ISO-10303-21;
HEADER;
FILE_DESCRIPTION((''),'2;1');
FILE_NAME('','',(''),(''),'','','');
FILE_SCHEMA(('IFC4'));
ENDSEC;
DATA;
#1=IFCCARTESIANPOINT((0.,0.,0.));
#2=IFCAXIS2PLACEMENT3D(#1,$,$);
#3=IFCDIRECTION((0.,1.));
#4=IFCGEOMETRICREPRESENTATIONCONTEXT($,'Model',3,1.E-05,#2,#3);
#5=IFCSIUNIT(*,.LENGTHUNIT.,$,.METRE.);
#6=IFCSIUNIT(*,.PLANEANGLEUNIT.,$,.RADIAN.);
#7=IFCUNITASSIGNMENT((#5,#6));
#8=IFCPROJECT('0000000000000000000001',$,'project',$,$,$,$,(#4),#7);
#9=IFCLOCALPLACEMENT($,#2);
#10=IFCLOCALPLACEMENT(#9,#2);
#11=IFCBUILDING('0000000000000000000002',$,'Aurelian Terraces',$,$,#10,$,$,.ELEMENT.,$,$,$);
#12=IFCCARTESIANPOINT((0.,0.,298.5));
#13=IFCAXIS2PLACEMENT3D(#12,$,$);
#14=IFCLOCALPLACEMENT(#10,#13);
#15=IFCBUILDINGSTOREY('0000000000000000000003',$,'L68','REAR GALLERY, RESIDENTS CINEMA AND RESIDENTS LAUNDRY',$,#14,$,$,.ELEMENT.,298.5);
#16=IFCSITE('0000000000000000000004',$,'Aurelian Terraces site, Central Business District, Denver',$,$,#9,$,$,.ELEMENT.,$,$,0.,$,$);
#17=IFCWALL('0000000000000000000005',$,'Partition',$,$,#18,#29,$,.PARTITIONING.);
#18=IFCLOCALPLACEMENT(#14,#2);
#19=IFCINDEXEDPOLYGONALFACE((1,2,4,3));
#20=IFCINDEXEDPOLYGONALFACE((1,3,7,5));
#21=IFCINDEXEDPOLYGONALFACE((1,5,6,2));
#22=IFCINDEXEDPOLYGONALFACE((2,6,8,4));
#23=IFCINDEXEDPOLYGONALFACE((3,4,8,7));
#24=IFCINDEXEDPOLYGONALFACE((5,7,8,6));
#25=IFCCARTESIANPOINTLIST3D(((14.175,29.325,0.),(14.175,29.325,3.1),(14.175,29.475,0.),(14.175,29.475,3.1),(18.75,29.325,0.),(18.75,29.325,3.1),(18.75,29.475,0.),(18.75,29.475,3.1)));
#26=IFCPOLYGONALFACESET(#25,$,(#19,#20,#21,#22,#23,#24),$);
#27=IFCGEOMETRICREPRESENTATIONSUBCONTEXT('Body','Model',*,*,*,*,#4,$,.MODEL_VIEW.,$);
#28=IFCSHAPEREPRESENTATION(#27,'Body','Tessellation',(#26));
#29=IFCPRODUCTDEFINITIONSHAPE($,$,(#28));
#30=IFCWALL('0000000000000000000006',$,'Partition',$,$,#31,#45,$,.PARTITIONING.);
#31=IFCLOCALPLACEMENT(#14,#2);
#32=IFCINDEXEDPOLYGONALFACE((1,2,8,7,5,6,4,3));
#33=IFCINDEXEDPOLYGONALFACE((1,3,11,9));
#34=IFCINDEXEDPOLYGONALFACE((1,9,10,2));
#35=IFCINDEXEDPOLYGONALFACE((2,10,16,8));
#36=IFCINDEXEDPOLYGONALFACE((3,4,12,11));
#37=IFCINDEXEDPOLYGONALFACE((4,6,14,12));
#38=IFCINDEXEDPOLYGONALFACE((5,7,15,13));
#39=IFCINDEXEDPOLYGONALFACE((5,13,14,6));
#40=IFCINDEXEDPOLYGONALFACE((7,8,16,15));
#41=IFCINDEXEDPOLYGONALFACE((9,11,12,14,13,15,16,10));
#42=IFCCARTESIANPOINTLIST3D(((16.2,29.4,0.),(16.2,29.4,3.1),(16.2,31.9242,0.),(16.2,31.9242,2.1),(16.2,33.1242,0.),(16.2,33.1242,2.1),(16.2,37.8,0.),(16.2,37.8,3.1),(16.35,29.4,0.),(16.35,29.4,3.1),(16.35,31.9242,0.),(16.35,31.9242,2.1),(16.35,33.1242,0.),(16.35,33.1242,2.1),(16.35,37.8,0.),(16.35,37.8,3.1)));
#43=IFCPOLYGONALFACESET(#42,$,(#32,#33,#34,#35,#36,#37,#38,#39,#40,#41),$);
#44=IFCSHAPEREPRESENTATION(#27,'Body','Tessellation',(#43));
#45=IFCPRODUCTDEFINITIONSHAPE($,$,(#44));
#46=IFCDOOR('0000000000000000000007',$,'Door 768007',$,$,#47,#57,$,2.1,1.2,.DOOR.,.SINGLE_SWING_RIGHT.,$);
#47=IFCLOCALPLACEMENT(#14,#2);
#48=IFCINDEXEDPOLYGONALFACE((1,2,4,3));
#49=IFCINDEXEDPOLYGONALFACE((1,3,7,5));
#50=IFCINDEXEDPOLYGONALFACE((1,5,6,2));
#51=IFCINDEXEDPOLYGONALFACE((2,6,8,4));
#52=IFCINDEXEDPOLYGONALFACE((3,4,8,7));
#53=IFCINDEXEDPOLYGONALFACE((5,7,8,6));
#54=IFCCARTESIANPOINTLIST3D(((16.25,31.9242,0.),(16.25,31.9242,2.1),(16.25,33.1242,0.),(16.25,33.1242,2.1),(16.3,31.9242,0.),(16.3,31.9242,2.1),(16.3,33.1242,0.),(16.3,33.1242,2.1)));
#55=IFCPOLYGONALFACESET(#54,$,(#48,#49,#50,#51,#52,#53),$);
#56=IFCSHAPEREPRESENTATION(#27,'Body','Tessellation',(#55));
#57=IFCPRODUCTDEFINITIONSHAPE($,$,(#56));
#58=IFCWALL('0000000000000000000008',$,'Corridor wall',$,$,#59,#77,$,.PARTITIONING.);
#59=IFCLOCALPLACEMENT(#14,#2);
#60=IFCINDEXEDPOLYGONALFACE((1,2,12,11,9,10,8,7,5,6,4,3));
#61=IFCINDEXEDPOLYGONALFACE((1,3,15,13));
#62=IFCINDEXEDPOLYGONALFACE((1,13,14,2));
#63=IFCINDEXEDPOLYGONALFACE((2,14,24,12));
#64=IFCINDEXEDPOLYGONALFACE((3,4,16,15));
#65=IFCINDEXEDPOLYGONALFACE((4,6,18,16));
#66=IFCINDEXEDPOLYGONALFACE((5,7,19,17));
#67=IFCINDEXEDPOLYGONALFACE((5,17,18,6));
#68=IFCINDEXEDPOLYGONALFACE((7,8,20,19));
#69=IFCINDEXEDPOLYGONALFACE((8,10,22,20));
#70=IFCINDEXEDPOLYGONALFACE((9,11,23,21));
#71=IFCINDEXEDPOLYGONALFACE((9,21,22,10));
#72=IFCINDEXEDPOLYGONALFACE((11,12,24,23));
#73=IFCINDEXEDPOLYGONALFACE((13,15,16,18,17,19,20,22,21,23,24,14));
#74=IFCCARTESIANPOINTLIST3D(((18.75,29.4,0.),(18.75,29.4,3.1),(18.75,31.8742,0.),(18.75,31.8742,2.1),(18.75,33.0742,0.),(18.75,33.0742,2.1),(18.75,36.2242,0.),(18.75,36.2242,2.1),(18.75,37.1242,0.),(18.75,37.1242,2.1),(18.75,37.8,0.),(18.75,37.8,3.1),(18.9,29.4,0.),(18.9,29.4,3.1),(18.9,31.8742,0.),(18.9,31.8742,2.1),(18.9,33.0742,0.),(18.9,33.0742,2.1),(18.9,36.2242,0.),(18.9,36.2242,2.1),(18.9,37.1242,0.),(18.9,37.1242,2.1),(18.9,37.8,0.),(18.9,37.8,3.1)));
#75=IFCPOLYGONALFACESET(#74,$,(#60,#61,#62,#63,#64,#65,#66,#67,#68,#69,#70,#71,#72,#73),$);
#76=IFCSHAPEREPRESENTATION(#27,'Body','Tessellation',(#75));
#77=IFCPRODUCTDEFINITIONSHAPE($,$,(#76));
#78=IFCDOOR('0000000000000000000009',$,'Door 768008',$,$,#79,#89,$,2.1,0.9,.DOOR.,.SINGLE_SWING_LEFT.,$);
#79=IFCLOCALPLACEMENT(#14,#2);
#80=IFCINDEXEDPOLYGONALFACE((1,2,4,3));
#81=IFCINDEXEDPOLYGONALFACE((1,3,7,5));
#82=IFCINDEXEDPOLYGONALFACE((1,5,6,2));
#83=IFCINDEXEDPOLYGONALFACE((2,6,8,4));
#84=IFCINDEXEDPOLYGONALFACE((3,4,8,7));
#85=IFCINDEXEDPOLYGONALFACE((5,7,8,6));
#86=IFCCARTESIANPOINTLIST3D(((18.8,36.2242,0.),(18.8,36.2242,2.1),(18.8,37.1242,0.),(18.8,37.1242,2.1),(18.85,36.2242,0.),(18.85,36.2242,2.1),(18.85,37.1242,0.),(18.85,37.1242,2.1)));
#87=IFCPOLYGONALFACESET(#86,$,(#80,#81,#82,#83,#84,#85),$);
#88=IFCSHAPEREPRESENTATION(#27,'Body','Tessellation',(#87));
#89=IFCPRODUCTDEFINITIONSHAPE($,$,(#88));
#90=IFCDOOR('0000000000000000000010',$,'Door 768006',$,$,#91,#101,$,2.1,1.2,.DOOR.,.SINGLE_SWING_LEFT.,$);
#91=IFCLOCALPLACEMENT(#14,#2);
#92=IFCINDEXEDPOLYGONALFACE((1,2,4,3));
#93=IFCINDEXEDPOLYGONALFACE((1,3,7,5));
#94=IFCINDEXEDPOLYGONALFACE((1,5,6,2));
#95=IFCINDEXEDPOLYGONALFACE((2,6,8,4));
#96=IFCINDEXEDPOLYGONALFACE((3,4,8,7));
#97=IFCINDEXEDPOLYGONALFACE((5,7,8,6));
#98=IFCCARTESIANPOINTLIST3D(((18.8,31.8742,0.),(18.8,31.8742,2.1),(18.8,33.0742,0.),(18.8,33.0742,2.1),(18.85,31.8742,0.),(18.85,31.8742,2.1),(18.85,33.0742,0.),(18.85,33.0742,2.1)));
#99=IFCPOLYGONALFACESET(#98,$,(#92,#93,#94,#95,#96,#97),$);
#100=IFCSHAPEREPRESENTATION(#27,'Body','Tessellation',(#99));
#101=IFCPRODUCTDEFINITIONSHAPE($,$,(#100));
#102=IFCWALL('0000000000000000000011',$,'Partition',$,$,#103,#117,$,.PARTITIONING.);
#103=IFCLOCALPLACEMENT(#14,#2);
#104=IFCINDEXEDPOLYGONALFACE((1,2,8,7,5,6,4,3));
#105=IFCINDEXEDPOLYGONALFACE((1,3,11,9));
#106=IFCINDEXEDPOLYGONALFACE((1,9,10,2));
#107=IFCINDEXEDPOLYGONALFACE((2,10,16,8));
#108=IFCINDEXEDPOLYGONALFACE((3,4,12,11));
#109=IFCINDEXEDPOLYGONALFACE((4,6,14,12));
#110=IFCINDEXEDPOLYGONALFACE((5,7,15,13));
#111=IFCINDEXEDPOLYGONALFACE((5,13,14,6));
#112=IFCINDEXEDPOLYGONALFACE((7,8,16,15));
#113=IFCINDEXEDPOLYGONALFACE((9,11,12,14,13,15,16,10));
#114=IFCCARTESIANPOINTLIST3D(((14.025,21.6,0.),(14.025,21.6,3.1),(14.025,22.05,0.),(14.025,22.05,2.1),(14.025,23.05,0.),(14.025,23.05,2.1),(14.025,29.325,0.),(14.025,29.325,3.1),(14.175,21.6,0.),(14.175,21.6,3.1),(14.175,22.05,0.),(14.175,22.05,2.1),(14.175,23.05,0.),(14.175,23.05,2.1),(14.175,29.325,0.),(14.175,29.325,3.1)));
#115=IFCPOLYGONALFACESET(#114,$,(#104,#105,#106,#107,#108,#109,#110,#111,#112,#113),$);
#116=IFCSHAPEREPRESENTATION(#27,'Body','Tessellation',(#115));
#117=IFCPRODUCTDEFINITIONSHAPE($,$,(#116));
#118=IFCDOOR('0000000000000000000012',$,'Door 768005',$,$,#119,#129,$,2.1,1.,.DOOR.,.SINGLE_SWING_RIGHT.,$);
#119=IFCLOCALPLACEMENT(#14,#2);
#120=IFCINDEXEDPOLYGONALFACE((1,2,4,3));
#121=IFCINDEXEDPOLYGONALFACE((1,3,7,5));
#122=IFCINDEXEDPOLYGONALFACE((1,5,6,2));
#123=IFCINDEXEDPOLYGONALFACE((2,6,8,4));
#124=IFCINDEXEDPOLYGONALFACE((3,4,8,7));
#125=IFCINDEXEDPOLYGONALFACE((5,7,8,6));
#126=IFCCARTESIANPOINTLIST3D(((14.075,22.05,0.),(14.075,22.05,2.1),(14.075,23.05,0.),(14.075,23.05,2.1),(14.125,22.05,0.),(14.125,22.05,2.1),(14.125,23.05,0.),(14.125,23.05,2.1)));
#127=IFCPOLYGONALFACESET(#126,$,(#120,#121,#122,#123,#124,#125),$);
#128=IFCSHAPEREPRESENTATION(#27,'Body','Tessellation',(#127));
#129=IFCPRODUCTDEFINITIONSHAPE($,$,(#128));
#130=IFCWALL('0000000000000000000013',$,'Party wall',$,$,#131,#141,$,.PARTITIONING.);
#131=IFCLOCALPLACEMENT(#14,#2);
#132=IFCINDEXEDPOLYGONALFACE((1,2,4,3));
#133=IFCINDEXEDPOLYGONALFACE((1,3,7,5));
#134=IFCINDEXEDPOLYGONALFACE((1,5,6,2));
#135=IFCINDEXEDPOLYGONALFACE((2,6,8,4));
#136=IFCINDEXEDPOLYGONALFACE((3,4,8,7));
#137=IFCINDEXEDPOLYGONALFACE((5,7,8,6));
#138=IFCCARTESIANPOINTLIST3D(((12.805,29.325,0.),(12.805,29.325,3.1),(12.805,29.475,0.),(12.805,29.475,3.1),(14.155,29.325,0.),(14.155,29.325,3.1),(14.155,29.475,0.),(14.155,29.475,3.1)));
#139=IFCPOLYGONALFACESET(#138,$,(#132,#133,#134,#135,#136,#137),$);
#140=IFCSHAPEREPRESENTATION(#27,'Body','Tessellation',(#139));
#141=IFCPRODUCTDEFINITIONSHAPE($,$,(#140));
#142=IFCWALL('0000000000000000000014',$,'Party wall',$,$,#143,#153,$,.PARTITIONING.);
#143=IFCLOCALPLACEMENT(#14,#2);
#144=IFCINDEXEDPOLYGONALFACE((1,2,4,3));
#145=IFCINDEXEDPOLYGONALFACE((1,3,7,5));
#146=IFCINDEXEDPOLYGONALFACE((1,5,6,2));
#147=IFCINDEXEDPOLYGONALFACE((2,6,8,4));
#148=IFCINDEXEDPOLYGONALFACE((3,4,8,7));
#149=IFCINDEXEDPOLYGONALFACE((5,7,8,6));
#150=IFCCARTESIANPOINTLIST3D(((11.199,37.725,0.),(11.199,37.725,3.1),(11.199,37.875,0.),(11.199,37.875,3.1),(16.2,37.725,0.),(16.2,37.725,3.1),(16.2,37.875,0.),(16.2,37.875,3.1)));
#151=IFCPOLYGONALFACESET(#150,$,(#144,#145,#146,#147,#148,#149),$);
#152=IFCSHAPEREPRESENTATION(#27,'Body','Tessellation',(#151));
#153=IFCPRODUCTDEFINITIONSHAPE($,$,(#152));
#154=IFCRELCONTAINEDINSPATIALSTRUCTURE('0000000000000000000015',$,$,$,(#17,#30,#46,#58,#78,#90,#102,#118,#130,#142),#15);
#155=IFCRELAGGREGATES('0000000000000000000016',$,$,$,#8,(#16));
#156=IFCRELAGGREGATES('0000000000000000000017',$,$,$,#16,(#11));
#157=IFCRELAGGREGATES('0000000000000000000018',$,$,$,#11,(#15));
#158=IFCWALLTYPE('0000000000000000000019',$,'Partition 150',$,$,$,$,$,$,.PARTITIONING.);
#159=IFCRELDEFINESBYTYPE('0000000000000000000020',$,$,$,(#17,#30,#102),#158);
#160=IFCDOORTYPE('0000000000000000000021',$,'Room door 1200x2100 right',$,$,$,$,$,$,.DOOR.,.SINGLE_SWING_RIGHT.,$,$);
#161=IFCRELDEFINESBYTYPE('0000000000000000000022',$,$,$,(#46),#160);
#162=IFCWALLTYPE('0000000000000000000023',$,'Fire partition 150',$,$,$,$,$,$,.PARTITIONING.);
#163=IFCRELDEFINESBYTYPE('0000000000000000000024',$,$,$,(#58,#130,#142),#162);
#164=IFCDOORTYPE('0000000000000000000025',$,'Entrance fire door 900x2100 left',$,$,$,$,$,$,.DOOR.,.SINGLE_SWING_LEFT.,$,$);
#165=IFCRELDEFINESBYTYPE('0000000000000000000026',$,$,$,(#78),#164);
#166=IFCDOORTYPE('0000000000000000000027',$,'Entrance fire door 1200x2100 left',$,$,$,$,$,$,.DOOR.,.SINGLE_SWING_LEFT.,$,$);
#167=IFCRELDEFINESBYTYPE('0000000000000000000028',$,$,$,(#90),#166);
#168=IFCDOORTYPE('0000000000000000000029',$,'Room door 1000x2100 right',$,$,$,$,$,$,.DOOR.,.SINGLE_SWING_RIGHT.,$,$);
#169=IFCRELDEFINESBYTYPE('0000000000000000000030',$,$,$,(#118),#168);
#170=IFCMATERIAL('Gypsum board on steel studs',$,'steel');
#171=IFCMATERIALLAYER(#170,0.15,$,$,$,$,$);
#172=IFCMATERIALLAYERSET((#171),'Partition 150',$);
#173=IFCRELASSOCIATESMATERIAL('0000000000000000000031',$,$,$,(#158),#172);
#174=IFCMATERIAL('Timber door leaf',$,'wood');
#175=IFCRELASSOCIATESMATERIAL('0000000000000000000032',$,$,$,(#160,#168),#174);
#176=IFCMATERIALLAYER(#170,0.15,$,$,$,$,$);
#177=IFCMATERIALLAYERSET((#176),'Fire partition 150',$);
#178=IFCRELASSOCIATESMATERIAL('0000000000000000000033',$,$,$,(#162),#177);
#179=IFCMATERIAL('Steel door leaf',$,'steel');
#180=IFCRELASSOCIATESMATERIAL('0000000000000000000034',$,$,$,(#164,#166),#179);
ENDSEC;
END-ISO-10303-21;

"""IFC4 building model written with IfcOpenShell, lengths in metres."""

from ifc_helpers import new_model, si_unit, direction, frame, frame_2d, origin, place, context, subcontext, project, spatial, rectangle, extrude, source, transform, mapped, material, layer, layer_set, type_object, element, fill, save


model = new_model("IFC4")

# Units and contexts
model_context = context("Model", 3, precision=1e-05, world=origin(), true_north=direction((0.0, 1.0)))
body_context = subcontext(model_context, "Body", "Model", "MODEL_VIEW")
ifc_project = project(units=[si_unit("LENGTHUNIT", "METRE"), si_unit("PLANEANGLEUNIT", "RADIAN")], contexts=[model_context])

# Site, building, storey
site_placement = place(None, origin())
site = spatial("IfcSite", under=ifc_project, at=site_placement, Name="Aurelian Terraces site, Central Business District, Denver", CompositionType="ELEMENT", RefElevation=0.0)
building_placement = place(site_placement, origin())
building = spatial("IfcBuilding", under=site, at=building_placement, Name="Aurelian Terraces", CompositionType="ELEMENT")
storey_placement = place(building_placement, frame((0.0, 0.0, 298.5)))
storey = spatial("IfcBuildingStorey", under=building, at=storey_placement, Name="L68", Description="REAR GALLERY, RESIDENTS CINEMA AND RESIDENTS LAUNDRY", CompositionType="ELEMENT", Elevation=298.5)

# Shared definitions
ifc_material_1 = material(Name="Timber door leaf", Category="wood")
shared_shape_1 = source(origin(), body_context, "Body", "SweptSolid", [
    extrude(rectangle(XDim=1.0, YDim=2.1, at=frame_2d((0.5, 1.05))), frame((0.0, 0.025, 0.0), z_axis=(0.0, -1.0, 0.0), x_axis=(1.0, 0.0, 0.0)), (0.0, 0.0, 1.0), 0.05),
])

# Wall
ifc_material_2 = material(Name="Gypsum board on steel studs", Category="steel")
ifc_layer_1 = layer(ifc_material_2, 0.15)
ifc_layer_set_1 = layer_set([ifc_layer_1], Name="Partition 150")
wall_type_1 = type_object("IfcWallType", Name="Partition 150", PredefinedType="PARTITIONING", material=ifc_layer_set_1)
shared_shape_2 = source(origin(), body_context, "Body", "SweptSolid", [
    extrude(rectangle(XDim=4.575, YDim=0.15, at=frame_2d((2.2875, 0.0))), origin(), (0.0, 0.0, 1.0), 3.1),
])
wall_1_placement = place(storey_placement, frame((18.75, 29.4, 0.0), z_axis=(0.0, 0.0, 1.0), x_axis=(-1.0, 0.0, 0.0)))
element("IfcWall", 1, at=wall_1_placement, inside=storey, type_object=wall_type_1, Name="Partition", PredefinedType="PARTITIONING", context=body_context, shape_type="MappedRepresentation", body=[
    mapped(shared_shape_2, transform((0.0, 0.0, 0.0), scale=1.0)),
])

# Wall, opening, door
shared_shape_3 = source(origin(), body_context, "Body", "SweptSolid", [
    extrude(rectangle(XDim=8.4, YDim=0.15, at=frame_2d((4.2, 0.0))), origin(), (0.0, 0.0, 1.0), 3.1),
])
wall_2_placement = place(storey_placement, frame((16.275, 29.4, 0.0), z_axis=(0.0, 0.0, 1.0), x_axis=(0.0, 1.0, 0.0)))
wall_2 = element("IfcWall", 2, at=wall_2_placement, inside=storey, type_object=wall_type_1, Name="Partition", PredefinedType="PARTITIONING", context=body_context, shape_type="MappedRepresentation", body=[
    mapped(shared_shape_3, transform((0.0, 0.0, 0.0), scale=1.0)),
])
shared_shape_4 = source(origin(), body_context, "Body", "SweptSolid", [
    extrude(rectangle(XDim=1.2, YDim=2.1, at=frame_2d((0.6, 1.05))), frame((0.0, 0.085, 0.0), z_axis=(0.0, -1.0, 0.0), x_axis=(1.0, 0.0, 0.0)), (0.0, 0.0, 1.0), 0.17),
])
opening_1_placement = place(wall_2_placement, frame((2.5242, 0.0, 0.0)))
opening_1 = element("IfcOpeningElement", 3, at=opening_1_placement, cuts=wall_2, PredefinedType="OPENING", context=body_context, shape_type="MappedRepresentation", body=[
    mapped(shared_shape_4, transform((0.0, 0.0, 0.0), scale=1.0)),
])
door_type_1 = type_object("IfcDoorType", Name="Room door 1200x2100 right", OperationType="SINGLE_SWING_RIGHT", PredefinedType="DOOR", material=ifc_material_1)
shared_shape_5 = source(origin(), body_context, "Body", "SweptSolid", [
    extrude(rectangle(XDim=1.2, YDim=2.1, at=frame_2d((0.6, 1.05))), frame((0.0, 0.025, 0.0), z_axis=(0.0, -1.0, 0.0), x_axis=(1.0, 0.0, 0.0)), (0.0, 0.0, 1.0), 0.05),
])
door_1_placement = place(opening_1_placement, origin())
door_1 = element("IfcDoor", 4, at=door_1_placement, inside=storey, type_object=door_type_1, Name="Door 768007", OperationType="SINGLE_SWING_RIGHT", OverallHeight=2.1, OverallWidth=1.2, PredefinedType="DOOR", context=body_context, shape_type="MappedRepresentation", body=[
    mapped(shared_shape_5, transform((0.0, 0.0, 0.0), scale=1.0)),
])
fill(opening_1, door_1)

# Wall, openings, doors
ifc_layer_2 = layer(ifc_material_2, 0.15)
ifc_layer_set_2 = layer_set([ifc_layer_2], Name="Fire partition 150")
wall_type_2 = type_object("IfcWallType", Name="Fire partition 150", PredefinedType="PARTITIONING", material=ifc_layer_set_2)
wall_3_placement = place(storey_placement, frame((18.825, 29.4, 0.0), z_axis=(0.0, 0.0, 1.0), x_axis=(0.0, 1.0, 0.0)))
wall_3 = element("IfcWall", 5, at=wall_3_placement, inside=storey, type_object=wall_type_2, Name="Corridor wall", PredefinedType="PARTITIONING", context=body_context, shape_type="MappedRepresentation", body=[
    mapped(shared_shape_3, transform((0.0, 0.0, 0.0), scale=1.0)),
])
opening_2_placement = place(wall_3_placement, frame((2.4742, 0.0, 0.0)))
opening_2 = element("IfcOpeningElement", 6, at=opening_2_placement, cuts=wall_3, PredefinedType="OPENING", context=body_context, shape_type="MappedRepresentation", body=[
    mapped(shared_shape_4, transform((0.0, 0.0, 0.0), scale=1.0)),
])
shared_shape_6 = source(origin(), body_context, "Body", "SweptSolid", [
    extrude(rectangle(XDim=0.9, YDim=2.1, at=frame_2d((0.45, 1.05))), frame((0.0, 0.085, 0.0), z_axis=(0.0, -1.0, 0.0), x_axis=(1.0, 0.0, 0.0)), (0.0, 0.0, 1.0), 0.17),
])
opening_3_placement = place(wall_3_placement, frame((6.8242, 0.0, 0.0)))
opening_3 = element("IfcOpeningElement", 7, at=opening_3_placement, cuts=wall_3, PredefinedType="OPENING", context=body_context, shape_type="MappedRepresentation", body=[
    mapped(shared_shape_6, transform((0.0, 0.0, 0.0), scale=1.0)),
])
ifc_material_3 = material(Name="Steel door leaf", Category="steel")
door_type_2 = type_object("IfcDoorType", Name="Entrance fire door 900x2100 left", OperationType="SINGLE_SWING_LEFT", PredefinedType="DOOR", material=ifc_material_3)
shared_shape_7 = source(origin(), body_context, "Body", "SweptSolid", [
    extrude(rectangle(XDim=0.9, YDim=2.1, at=frame_2d((0.45, 1.05))), frame((0.0, 0.025, 0.0), z_axis=(0.0, -1.0, 0.0), x_axis=(1.0, 0.0, 0.0)), (0.0, 0.0, 1.0), 0.05),
])
door_2_placement = place(opening_3_placement, origin())
door_2 = element("IfcDoor", 8, at=door_2_placement, inside=storey, type_object=door_type_2, Name="Door 768008", OperationType="SINGLE_SWING_LEFT", OverallHeight=2.1, OverallWidth=0.9, PredefinedType="DOOR", context=body_context, shape_type="MappedRepresentation", body=[
    mapped(shared_shape_7, transform((0.0, 0.0, 0.0), scale=1.0)),
])
fill(opening_3, door_2)
door_type_3 = type_object("IfcDoorType", Name="Entrance fire door 1200x2100 left", OperationType="SINGLE_SWING_LEFT", PredefinedType="DOOR", material=ifc_material_3)
door_3_placement = place(opening_2_placement, origin())
door_3 = element("IfcDoor", 9, at=door_3_placement, inside=storey, type_object=door_type_3, Name="Door 768006", OperationType="SINGLE_SWING_LEFT", OverallHeight=2.1, OverallWidth=1.2, PredefinedType="DOOR", context=body_context, shape_type="MappedRepresentation", body=[
    mapped(shared_shape_5, transform((0.0, 0.0, 0.0), scale=1.0)),
])
fill(opening_2, door_3)

# Wall, opening, door
shared_shape_8 = source(origin(), body_context, "Body", "SweptSolid", [
    extrude(rectangle(XDim=7.725, YDim=0.15, at=frame_2d((3.8625, 0.0))), origin(), (0.0, 0.0, 1.0), 3.1),
])
wall_4_placement = place(storey_placement, frame((14.1, 29.325, 0.0), z_axis=(0.0, 0.0, 1.0), x_axis=(0.0, -1.0, 0.0)))
wall_4 = element("IfcWall", 10, at=wall_4_placement, inside=storey, type_object=wall_type_1, Name="Partition", PredefinedType="PARTITIONING", context=body_context, shape_type="MappedRepresentation", body=[
    mapped(shared_shape_8, transform((0.0, 0.0, 0.0), scale=1.0)),
])
shared_shape_9 = source(origin(), body_context, "Body", "SweptSolid", [
    extrude(rectangle(XDim=1.0, YDim=2.1, at=frame_2d((0.5, 1.05))), frame((0.0, 0.085, 0.0), z_axis=(0.0, -1.0, 0.0), x_axis=(1.0, 0.0, 0.0)), (0.0, 0.0, 1.0), 0.17),
])
opening_4_placement = place(wall_4_placement, frame((6.275, 0.0, 0.0)))
opening_4 = element("IfcOpeningElement", 11, at=opening_4_placement, cuts=wall_4, PredefinedType="OPENING", context=body_context, shape_type="MappedRepresentation", body=[
    mapped(shared_shape_9, transform((0.0, 0.0, 0.0), scale=1.0)),
])
door_type_4 = type_object("IfcDoorType", Name="Room door 1000x2100 right", OperationType="SINGLE_SWING_RIGHT", PredefinedType="DOOR", material=ifc_material_1)
door_4_placement = place(opening_4_placement, origin())
door_4 = element("IfcDoor", 12, at=door_4_placement, inside=storey, type_object=door_type_4, Name="Door 768005", OperationType="SINGLE_SWING_RIGHT", OverallHeight=2.1, OverallWidth=1.0, PredefinedType="DOOR", context=body_context, shape_type="MappedRepresentation", body=[
    mapped(shared_shape_1, transform((0.0, 0.0, 0.0), scale=1.0)),
])
fill(opening_4, door_4)

# Walls
shared_shape_10 = source(origin(), body_context, "Body", "SweptSolid", [
    extrude(rectangle(XDim=1.35, YDim=0.15, at=frame_2d((0.675, 0.0))), origin(), (0.0, 0.0, 1.0), 3.1),
])
wall_5_placement = place(storey_placement, frame((14.155, 29.4, 0.0), z_axis=(0.0, 0.0, 1.0), x_axis=(-1.0, 0.0, 0.0)))
element("IfcWall", 13, at=wall_5_placement, inside=storey, type_object=wall_type_2, Name="Party wall", PredefinedType="PARTITIONING", context=body_context, shape_type="MappedRepresentation", body=[
    mapped(shared_shape_10, transform((0.0, 0.0, 0.0), scale=1.0)),
])
shared_shape_11 = source(origin(), body_context, "Body", "SweptSolid", [
    extrude(rectangle(XDim=5.001, YDim=0.15, at=frame_2d((2.5005, 0.0))), origin(), (0.0, 0.0, 1.0), 3.1),
])
wall_6_placement = place(storey_placement, frame((16.2, 37.8, 0.0), z_axis=(0.0, 0.0, 1.0), x_axis=(-1.0, 0.0, 0.0)))
element("IfcWall", 14, at=wall_6_placement, inside=storey, type_object=wall_type_2, Name="Party wall", PredefinedType="PARTITIONING", context=body_context, shape_type="MappedRepresentation", body=[
    mapped(shared_shape_11, transform((0.0, 0.0, 0.0), scale=1.0)),
])

save(model, "model.ifc")
